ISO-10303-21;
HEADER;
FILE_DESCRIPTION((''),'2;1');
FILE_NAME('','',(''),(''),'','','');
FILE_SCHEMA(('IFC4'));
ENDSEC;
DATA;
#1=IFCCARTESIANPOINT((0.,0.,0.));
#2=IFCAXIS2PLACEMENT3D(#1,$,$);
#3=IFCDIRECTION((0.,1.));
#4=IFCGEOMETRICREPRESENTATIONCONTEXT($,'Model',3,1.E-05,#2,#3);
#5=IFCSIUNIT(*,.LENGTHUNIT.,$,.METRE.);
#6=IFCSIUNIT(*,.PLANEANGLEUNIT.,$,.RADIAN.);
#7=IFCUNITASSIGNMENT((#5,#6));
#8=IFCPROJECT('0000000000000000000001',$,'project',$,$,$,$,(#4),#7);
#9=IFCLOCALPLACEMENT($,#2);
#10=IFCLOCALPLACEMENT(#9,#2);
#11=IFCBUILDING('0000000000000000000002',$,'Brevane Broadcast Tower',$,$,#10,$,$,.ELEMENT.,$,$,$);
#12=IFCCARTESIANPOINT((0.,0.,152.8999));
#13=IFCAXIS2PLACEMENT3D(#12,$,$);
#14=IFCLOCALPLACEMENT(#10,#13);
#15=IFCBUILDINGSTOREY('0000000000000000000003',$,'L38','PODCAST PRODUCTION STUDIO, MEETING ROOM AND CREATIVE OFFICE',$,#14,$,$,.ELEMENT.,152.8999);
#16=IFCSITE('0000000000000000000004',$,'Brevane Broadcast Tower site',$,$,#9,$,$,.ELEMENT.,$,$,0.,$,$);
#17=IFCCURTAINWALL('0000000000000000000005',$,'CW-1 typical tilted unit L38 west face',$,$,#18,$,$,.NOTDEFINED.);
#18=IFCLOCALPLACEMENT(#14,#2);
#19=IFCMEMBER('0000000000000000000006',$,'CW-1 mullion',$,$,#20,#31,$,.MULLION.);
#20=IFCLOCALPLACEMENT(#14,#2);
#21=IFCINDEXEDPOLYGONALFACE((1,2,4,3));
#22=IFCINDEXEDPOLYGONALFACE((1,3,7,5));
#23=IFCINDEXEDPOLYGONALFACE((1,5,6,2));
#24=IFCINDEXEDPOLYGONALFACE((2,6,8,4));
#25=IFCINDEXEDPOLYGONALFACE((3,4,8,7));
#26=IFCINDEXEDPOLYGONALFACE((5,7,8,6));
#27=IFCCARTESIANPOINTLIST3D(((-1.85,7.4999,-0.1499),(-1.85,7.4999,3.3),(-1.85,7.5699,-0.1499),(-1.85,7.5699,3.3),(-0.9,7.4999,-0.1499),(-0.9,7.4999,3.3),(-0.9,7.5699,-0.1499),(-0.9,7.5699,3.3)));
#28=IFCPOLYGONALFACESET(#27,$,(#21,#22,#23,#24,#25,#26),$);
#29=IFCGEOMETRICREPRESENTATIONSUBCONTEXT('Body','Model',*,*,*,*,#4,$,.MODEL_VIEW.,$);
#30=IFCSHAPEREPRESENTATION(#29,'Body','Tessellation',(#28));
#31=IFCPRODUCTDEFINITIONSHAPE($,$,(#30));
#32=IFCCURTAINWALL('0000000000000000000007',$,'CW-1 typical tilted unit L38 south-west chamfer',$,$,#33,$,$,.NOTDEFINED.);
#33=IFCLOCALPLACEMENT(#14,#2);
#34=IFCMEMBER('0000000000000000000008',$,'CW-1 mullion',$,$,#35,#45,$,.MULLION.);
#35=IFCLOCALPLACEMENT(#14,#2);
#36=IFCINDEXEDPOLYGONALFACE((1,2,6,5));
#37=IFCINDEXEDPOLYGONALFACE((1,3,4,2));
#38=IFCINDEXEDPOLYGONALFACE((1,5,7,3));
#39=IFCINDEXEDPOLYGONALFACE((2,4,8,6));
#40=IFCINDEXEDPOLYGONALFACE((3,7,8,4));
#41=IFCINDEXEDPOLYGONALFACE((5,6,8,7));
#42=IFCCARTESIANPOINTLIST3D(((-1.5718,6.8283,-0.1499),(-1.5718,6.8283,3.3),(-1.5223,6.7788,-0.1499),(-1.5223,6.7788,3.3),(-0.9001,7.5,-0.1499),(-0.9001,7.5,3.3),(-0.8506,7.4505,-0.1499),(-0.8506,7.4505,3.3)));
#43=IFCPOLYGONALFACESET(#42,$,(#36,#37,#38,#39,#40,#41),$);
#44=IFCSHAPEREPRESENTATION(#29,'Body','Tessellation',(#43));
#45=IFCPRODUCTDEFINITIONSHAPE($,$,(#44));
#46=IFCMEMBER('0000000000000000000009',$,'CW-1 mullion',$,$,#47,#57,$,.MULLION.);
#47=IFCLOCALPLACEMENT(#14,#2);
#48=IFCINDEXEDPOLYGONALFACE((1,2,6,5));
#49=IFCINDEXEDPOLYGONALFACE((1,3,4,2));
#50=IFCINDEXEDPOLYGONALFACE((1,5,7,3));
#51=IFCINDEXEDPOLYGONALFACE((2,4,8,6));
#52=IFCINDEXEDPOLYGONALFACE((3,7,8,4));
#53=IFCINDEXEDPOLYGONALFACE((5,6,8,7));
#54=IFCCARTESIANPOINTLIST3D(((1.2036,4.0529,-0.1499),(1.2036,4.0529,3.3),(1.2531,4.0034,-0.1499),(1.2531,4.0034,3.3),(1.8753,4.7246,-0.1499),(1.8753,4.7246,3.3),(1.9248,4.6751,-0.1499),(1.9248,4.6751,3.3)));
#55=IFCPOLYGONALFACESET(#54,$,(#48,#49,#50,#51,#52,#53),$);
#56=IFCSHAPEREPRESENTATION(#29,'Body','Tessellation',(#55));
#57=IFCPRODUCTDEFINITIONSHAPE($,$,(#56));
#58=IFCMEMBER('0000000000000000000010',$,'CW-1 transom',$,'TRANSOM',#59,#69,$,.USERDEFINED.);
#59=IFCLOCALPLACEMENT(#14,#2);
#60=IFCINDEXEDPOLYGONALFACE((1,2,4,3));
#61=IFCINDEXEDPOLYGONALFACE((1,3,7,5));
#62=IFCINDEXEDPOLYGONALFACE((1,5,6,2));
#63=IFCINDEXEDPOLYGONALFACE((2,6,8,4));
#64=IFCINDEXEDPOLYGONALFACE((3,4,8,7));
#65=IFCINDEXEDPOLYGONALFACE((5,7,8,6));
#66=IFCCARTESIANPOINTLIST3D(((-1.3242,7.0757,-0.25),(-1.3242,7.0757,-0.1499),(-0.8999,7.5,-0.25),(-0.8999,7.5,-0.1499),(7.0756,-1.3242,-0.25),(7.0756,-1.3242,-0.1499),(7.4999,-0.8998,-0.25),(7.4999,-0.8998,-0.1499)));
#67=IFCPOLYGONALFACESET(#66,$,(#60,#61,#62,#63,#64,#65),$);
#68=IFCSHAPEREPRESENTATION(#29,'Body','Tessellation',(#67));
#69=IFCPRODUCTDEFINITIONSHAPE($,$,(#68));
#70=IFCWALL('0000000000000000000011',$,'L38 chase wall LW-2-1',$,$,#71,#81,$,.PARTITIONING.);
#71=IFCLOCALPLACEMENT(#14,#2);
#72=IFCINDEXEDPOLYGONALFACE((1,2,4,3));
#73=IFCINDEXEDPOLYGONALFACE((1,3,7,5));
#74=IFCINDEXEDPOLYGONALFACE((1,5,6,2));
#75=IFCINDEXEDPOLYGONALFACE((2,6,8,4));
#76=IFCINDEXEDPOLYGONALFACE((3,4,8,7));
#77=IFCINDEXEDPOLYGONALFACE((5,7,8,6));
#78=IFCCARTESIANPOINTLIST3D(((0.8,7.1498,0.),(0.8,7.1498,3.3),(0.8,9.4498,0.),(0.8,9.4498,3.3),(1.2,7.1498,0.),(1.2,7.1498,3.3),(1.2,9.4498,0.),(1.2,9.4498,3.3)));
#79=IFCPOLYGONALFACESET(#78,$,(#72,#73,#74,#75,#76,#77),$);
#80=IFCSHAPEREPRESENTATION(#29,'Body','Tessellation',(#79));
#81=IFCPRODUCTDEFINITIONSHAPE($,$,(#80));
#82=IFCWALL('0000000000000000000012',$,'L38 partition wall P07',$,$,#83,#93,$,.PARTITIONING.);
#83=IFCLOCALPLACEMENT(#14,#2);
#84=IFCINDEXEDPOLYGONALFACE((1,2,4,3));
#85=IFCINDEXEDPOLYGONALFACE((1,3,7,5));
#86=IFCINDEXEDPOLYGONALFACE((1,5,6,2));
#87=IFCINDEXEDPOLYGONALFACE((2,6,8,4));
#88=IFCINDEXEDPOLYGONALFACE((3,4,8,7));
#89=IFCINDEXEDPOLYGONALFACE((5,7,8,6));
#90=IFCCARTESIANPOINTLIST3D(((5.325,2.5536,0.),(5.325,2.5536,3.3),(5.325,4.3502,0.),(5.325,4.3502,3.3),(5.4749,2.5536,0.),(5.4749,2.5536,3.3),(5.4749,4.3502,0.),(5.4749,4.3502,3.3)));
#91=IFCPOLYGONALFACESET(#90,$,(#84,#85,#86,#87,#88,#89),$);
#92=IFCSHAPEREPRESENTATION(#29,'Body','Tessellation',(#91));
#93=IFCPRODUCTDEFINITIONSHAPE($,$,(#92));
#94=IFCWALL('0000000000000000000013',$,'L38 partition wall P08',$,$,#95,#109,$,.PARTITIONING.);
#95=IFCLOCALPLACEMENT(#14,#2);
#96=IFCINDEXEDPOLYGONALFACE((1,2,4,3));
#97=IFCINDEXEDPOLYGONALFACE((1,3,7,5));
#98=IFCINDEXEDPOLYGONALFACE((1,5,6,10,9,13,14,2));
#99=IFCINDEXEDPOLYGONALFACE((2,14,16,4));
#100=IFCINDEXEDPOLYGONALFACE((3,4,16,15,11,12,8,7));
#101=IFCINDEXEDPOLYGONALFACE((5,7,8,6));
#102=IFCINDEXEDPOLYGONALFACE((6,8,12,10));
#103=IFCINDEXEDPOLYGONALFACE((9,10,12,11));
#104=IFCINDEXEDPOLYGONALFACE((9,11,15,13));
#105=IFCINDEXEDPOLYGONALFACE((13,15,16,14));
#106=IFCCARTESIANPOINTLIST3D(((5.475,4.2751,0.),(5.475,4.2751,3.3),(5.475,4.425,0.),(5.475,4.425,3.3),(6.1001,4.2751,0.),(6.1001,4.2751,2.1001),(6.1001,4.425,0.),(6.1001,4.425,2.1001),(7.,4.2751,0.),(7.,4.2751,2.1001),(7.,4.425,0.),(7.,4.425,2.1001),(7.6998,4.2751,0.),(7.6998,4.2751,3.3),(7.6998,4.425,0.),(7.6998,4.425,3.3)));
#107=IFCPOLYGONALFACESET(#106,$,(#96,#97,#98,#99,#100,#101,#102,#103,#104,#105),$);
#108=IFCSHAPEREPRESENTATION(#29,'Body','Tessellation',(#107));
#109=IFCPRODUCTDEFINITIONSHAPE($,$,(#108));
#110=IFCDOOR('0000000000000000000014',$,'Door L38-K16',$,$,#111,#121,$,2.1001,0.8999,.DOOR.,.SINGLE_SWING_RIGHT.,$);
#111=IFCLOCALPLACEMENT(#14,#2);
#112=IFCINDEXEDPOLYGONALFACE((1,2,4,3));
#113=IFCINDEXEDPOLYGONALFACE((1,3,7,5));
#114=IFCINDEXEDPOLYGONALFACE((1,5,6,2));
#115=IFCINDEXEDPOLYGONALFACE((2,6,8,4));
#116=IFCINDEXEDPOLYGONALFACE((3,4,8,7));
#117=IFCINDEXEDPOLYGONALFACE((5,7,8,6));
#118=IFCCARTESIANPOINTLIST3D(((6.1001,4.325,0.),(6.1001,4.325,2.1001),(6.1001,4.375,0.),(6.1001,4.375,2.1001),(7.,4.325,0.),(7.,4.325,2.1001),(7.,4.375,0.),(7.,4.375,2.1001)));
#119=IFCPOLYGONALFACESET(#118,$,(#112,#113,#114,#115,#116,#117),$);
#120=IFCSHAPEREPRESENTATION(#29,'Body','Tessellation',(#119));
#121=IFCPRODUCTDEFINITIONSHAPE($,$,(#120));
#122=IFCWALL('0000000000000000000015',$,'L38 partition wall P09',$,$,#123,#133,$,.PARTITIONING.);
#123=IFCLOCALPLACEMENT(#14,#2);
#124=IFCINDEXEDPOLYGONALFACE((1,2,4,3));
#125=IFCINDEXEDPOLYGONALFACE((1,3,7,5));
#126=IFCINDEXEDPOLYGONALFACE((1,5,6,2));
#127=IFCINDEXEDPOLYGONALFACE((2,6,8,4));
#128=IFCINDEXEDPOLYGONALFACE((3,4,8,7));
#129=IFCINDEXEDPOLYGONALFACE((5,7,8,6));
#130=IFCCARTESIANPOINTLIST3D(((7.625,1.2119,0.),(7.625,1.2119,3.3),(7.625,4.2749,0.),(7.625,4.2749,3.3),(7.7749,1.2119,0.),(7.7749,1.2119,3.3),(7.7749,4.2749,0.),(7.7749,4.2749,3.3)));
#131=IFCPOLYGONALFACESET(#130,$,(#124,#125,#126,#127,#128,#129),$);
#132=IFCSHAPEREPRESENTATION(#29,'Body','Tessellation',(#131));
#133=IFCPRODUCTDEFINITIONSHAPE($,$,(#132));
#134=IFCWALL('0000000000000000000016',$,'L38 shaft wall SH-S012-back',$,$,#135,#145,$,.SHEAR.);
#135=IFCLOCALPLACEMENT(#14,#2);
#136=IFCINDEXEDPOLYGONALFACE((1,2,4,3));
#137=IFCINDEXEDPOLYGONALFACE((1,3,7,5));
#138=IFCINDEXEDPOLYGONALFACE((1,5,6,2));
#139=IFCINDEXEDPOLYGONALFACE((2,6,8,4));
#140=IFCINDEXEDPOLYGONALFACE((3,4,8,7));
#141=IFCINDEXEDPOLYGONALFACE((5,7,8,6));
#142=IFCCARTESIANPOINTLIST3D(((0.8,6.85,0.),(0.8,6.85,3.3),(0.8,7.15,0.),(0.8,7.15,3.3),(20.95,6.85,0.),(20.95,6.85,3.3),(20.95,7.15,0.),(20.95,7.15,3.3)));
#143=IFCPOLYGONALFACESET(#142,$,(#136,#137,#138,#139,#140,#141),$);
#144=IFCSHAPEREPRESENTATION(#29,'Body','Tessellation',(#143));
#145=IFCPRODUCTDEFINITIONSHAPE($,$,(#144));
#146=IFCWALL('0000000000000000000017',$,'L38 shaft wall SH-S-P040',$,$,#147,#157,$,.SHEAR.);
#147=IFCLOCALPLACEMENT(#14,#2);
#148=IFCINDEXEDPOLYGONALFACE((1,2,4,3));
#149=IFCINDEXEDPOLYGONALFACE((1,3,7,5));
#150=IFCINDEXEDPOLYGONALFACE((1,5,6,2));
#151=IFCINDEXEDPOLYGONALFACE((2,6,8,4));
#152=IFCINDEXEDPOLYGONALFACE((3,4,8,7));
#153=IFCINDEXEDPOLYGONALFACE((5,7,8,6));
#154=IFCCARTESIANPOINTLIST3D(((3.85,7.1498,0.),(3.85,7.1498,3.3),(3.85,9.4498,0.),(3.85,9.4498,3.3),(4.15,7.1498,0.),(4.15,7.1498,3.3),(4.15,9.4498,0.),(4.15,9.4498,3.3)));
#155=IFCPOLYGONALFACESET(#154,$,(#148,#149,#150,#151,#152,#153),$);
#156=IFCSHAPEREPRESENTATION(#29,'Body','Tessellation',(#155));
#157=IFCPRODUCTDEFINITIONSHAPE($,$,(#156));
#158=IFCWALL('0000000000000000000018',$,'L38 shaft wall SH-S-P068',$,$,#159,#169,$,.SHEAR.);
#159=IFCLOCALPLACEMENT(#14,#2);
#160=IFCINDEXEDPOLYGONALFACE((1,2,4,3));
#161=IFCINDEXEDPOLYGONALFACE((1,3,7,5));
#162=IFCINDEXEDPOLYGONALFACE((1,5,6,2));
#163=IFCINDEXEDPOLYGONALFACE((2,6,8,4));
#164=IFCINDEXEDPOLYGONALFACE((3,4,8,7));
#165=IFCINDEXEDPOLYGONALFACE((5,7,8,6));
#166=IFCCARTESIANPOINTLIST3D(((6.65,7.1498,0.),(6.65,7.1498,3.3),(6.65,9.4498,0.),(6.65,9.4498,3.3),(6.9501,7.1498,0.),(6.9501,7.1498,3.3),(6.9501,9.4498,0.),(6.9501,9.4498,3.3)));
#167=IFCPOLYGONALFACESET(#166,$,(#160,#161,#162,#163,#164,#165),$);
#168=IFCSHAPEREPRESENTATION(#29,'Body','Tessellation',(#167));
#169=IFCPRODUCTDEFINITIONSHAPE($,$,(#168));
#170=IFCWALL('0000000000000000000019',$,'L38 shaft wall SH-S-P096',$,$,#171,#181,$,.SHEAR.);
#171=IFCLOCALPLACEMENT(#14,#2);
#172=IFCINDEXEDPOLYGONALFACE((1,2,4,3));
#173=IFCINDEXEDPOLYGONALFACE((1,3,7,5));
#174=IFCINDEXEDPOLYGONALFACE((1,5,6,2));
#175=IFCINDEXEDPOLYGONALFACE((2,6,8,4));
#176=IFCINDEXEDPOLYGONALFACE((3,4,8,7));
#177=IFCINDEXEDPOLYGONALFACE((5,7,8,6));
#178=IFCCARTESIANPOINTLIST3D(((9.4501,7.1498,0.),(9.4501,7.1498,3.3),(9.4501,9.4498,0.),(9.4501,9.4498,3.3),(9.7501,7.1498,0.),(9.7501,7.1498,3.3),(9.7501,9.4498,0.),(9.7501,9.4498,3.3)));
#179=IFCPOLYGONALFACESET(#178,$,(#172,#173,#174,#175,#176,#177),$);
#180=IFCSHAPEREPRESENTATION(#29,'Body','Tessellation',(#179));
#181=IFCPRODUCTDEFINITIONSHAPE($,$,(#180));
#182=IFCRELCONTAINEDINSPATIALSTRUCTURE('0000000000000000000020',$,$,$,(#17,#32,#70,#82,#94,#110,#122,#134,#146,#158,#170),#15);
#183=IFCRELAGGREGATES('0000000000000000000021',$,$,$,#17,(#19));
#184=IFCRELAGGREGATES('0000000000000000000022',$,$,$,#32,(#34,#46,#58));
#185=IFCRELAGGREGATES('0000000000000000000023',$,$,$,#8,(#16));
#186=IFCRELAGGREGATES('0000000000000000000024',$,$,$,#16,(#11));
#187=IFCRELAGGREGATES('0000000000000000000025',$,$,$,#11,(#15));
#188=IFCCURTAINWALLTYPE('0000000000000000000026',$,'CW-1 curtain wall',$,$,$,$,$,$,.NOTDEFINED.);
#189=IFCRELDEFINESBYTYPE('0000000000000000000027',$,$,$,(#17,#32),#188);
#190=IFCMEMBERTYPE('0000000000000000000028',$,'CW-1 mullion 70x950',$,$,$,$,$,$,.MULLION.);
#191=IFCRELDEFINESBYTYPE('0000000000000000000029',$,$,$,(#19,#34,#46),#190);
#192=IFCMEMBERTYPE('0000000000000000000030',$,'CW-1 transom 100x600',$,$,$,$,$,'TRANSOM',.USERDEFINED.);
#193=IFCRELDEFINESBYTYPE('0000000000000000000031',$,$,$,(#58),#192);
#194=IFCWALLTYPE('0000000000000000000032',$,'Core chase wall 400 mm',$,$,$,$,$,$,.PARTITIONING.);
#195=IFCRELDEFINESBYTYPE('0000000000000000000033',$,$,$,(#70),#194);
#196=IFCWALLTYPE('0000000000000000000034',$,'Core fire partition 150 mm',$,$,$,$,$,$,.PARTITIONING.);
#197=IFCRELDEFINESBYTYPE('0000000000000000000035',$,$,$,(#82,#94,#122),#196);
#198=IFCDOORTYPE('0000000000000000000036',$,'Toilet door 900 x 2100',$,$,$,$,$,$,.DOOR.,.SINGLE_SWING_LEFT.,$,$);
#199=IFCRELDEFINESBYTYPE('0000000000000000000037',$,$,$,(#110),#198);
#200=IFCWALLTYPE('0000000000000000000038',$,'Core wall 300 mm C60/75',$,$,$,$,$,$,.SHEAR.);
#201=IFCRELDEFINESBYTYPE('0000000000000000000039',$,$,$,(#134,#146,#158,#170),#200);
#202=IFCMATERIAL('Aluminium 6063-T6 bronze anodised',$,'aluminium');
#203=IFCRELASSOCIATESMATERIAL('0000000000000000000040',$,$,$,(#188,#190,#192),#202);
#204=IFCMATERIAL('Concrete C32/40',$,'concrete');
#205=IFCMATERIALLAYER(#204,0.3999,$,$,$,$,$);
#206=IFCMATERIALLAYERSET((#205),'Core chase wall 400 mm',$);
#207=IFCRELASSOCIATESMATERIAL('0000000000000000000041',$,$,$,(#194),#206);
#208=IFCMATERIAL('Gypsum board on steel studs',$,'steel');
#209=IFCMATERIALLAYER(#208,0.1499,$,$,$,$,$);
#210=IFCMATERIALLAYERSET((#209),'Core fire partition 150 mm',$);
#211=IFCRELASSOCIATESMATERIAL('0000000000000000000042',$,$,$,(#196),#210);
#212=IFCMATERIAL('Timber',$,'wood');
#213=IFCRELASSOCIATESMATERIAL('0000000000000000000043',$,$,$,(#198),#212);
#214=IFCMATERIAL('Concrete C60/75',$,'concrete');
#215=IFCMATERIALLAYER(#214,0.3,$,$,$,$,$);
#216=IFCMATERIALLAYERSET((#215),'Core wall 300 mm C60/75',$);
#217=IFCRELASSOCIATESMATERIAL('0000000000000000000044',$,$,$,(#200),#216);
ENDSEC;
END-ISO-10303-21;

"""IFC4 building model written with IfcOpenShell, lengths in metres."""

from ifc_helpers import new_model, si_unit, direction, frame, frame_2d, origin, origin_2d, place, context, subcontext, project, spatial, rectangle, extrude, material, layer, layer_set, material_profile, profile_set, type_object, element, fill, aggregate, save


model = new_model("IFC4")

# Units and contexts
model_context = context("Model", 3, precision=1e-05, world=origin(), true_north=direction((0.0, 1.0)))
body_context = subcontext(model_context, "Body", "Model", "MODEL_VIEW")
ifc_project = project(units=[si_unit("LENGTHUNIT", "METRE"), si_unit("PLANEANGLEUNIT", "RADIAN")], contexts=[model_context])

# Site, building, storey
site_placement = place(None, origin())
site = spatial("IfcSite", under=ifc_project, at=site_placement, Name="Brevane Broadcast Tower site", CompositionType="ELEMENT", RefElevation=0.0)
building_placement = place(site_placement, origin())
building = spatial("IfcBuilding", under=site, at=building_placement, Name="Brevane Broadcast Tower", CompositionType="ELEMENT")
storey_placement = place(building_placement, frame((0.0, 0.0, 152.8999)))
storey = spatial("IfcBuildingStorey", under=building, at=storey_placement, Name="L38", Description="PODCAST PRODUCTION STUDIO, MEETING ROOM AND CREATIVE OFFICE", CompositionType="ELEMENT", Elevation=152.8999)

# Curtain wall, member
ifc_material_1 = material(Name="Aluminium 6063-T6 bronze anodised", Category="aluminium")
curtain_wall_type = type_object("IfcCurtainWallType", Name="CW-1 curtain wall", PredefinedType="NOTDEFINED", material=ifc_material_1)
curtain_wall_1_placement = place(storey_placement, origin())
curtain_wall_1 = element("IfcCurtainWall", 1, at=curtain_wall_1_placement, inside=storey, type_object=curtain_wall_type, Name="CW-1 typical tilted unit L38 west face", PredefinedType="NOTDEFINED")
ifc_material_profile_1 = material_profile(ifc_material_1, rectangle(XDim=0.95, YDim=0.0701, at=origin_2d()), Name="RECT 70x950")
ifc_profile_set_1 = profile_set([ifc_material_profile_1], Name="Aluminium 6063-T6 bronze anodised")
member_type_1 = type_object("IfcMemberType", Name="CW-1 mullion 70x950", PredefinedType="MULLION", material=ifc_profile_set_1)
member_1_placement = place(storey_placement, frame((-1.375, 7.5349, -0.1499), z_axis=(0.0, 0.0, 1.0), x_axis=(1.0, 0.0, 0.0)))
member_1 = element("IfcMember", 2, at=member_1_placement, type_object=member_type_1, Name="CW-1 mullion", PredefinedType="MULLION", context=body_context, shape_type="SweptSolid", body=[
    extrude(rectangle(XDim=0.95, YDim=0.0701, at=origin_2d()), origin(), (0.0, 0.0, 1.0), 3.45),
])
aggregate(curtain_wall_1, [member_1])

# Curtain wall, members
curtain_wall_2_placement = place(storey_placement, origin())
curtain_wall_2 = element("IfcCurtainWall", 3, at=curtain_wall_2_placement, inside=storey, type_object=curtain_wall_type, Name="CW-1 typical tilted unit L38 south-west chamfer", PredefinedType="NOTDEFINED")
member_2_placement = place(storey_placement, frame((-1.2112, 7.1394, -0.1499), z_axis=(0.0, 0.0, 1.0), x_axis=(0.707107, 0.707107, 0.0)))
member_2 = element("IfcMember", 4, at=member_2_placement, type_object=member_type_1, Name="CW-1 mullion", PredefinedType="MULLION", context=body_context, shape_type="SweptSolid", body=[
    extrude(rectangle(XDim=0.95, YDim=0.0701, at=origin_2d()), origin(), (0.0, 0.0, 1.0), 3.45),
])
member_3_placement = place(storey_placement, frame((1.5642, 4.364, -0.1499), z_axis=(0.0, 0.0, 1.0), x_axis=(0.707107, 0.707107, 0.0)))
member_3 = element("IfcMember", 5, at=member_3_placement, type_object=member_type_1, Name="CW-1 mullion", PredefinedType="MULLION", context=body_context, shape_type="SweptSolid", body=[
    extrude(rectangle(XDim=0.95, YDim=0.0701, at=origin_2d()), origin(), (0.0, 0.0, 1.0), 3.45),
])
ifc_material_profile_2 = material_profile(ifc_material_1, rectangle(XDim=0.6001, YDim=0.1001, at=origin_2d()), Name="RECT 100x600")
ifc_profile_set_2 = profile_set([ifc_material_profile_2], Name="Aluminium 6063-T6 bronze anodised")
member_type_2 = type_object("IfcMemberType", Name="CW-1 transom 100x600", ElementType="TRANSOM", PredefinedType="USERDEFINED", material=ifc_profile_set_2)
member_4_placement = place(storey_placement, frame((-1.1121, 7.2878, -0.2), z_axis=(0.707107, -0.707107, 0.0), x_axis=(0.707107, 0.707107, 0.0)))
member_4 = element("IfcMember", 6, at=member_4_placement, type_object=member_type_2, Name="CW-1 transom", ObjectType="TRANSOM", PredefinedType="USERDEFINED", context=body_context, shape_type="SweptSolid", body=[
    extrude(rectangle(XDim=0.6001, YDim=0.1001, at=origin_2d()), origin(), (0.0, 0.0, 1.0), 11.8792),
])
aggregate(curtain_wall_2, [member_2, member_3, member_4])

# Walls
ifc_material_2 = material(Name="Concrete C32/40", Category="concrete")
ifc_layer_1 = layer(ifc_material_2, 0.3999)
ifc_layer_set_1 = layer_set([ifc_layer_1], Name="Core chase wall 400 mm")
wall_type_1 = type_object("IfcWallType", Name="Core chase wall 400 mm", PredefinedType="PARTITIONING", material=ifc_layer_set_1)
wall_1_placement = place(storey_placement, frame((1.0, 7.1499, 0.0), z_axis=(0.0, 0.0, 1.0), x_axis=(0.0, 1.0, 0.0)))
element("IfcWall", 7, at=wall_1_placement, inside=storey, type_object=wall_type_1, Name="L38 chase wall LW-2-1", PredefinedType="PARTITIONING", context=body_context, shape_type="SweptSolid", body=[
    extrude(rectangle(XDim=2.3, YDim=0.3999, at=frame_2d((1.1499, 0.0))), origin(), (0.0, 0.0, 1.0), 3.3),
])
ifc_material_3 = material(Name="Gypsum board on steel studs", Category="steel")
ifc_layer_2 = layer(ifc_material_3, 0.1499)
ifc_layer_set_2 = layer_set([ifc_layer_2], Name="Core fire partition 150 mm")
wall_type_2 = type_object("IfcWallType", Name="Core fire partition 150 mm", PredefinedType="PARTITIONING", material=ifc_layer_set_2)
wall_2_placement = place(storey_placement, frame((5.3999, 2.5535, 0.0), z_axis=(0.0, 0.0, 1.0), x_axis=(0.0, 1.0, 0.0)))
element("IfcWall", 8, at=wall_2_placement, inside=storey, type_object=wall_type_2, Name="L38 partition wall P07", PredefinedType="PARTITIONING", context=body_context, shape_type="SweptSolid", body=[
    extrude(rectangle(XDim=1.7966, YDim=0.1499, at=frame_2d((0.8984, 0.0))), origin(), (0.0, 0.0, 1.0), 3.3),
])

# Wall, opening, door
wall_3_placement = place(storey_placement, frame((5.4751, 4.3501, 0.0), z_axis=(0.0, 0.0, 1.0), x_axis=(1.0, 0.0, 0.0)))
wall_3 = element("IfcWall", 9, at=wall_3_placement, inside=storey, type_object=wall_type_2, Name="L38 partition wall P08", PredefinedType="PARTITIONING", context=body_context, shape_type="SweptSolid", body=[
    extrude(rectangle(XDim=2.2249, YDim=0.1499, at=frame_2d((1.1123, 0.0))), origin(), (0.0, 0.0, 1.0), 3.3),
])
opening_placement = place(wall_3_placement, frame((0.625, 0.0, 0.0)))
opening = element("IfcOpeningElement", 10, at=opening_placement, cuts=wall_3, PredefinedType="OPENING", context=body_context, shape_type="SweptSolid", body=[
    extrude(rectangle(XDim=0.8999, YDim=2.1001, at=frame_2d((0.45, 1.05))), frame((0.0, 0.085, 0.0), z_axis=(0.0, -1.0, 0.0), x_axis=(1.0, 0.0, 0.0)), (0.0, 0.0, 1.0), 0.1699),
])
ifc_material_4 = material(Name="Timber", Category="wood")
door_type = type_object("IfcDoorType", Name="Toilet door 900 x 2100", OperationType="SINGLE_SWING_LEFT", PredefinedType="DOOR", material=ifc_material_4)
door_placement = place(opening_placement, origin())
door = element("IfcDoor", 11, at=door_placement, inside=storey, type_object=door_type, Name="Door L38-K16", OperationType="SINGLE_SWING_RIGHT", OverallHeight=2.1001, OverallWidth=0.8999, PredefinedType="DOOR", context=body_context, shape_type="SweptSolid", body=[
    extrude(rectangle(XDim=0.8999, YDim=2.1001, at=frame_2d((0.45, 1.05))), frame((0.0, 0.0249, 0.0), z_axis=(0.0, -1.0, 0.0), x_axis=(1.0, 0.0, 0.0)), (0.0, 0.0, 1.0), 0.05),
])
fill(opening, door)

# Walls
wall_4_placement = place(storey_placement, frame((7.7, 4.2749, 0.0), z_axis=(0.0, 0.0, 1.0), x_axis=(0.0, -1.0, 0.0)))
element("IfcWall", 12, at=wall_4_placement, inside=storey, type_object=wall_type_2, Name="L38 partition wall P09", PredefinedType="PARTITIONING", context=body_context, shape_type="SweptSolid", body=[
    extrude(rectangle(XDim=3.063, YDim=0.1499, at=frame_2d((1.5315, 0.0))), origin(), (0.0, 0.0, 1.0), 3.3),
])
ifc_material_5 = material(Name="Concrete C60/75", Category="concrete")
ifc_layer_3 = layer(ifc_material_5, 0.3)
ifc_layer_set_3 = layer_set([ifc_layer_3], Name="Core wall 300 mm C60/75")
wall_type_3 = type_object("IfcWallType", Name="Core wall 300 mm C60/75", PredefinedType="SHEAR", material=ifc_layer_set_3)
wall_5_placement = place(storey_placement, frame((0.8, 7.0, 0.0), z_axis=(0.0, 0.0, 1.0), x_axis=(1.0, 0.0, 0.0)))
element("IfcWall", 13, at=wall_5_placement, inside=storey, type_object=wall_type_3, Name="L38 shaft wall SH-S012-back", PredefinedType="SHEAR", context=body_context, shape_type="SweptSolid", body=[
    extrude(rectangle(XDim=20.1499, YDim=0.3, at=frame_2d((10.075, 0.0))), origin(), (0.0, 0.0, 1.0), 3.3),
])
for number, where, z_axis, x_axis, name in (
    (14, (4.0, 7.1499, 0.0), (0.0, 0.0, 1.0), (0.0, 1.0, 0.0), "L38 shaft wall SH-S-P040"),
    (15, (6.8, 7.1499, 0.0), (0.0, 0.0, 1.0), (0.0, 1.0, 0.0), "L38 shaft wall SH-S-P068"),
    (16, (9.6001, 7.1499, 0.0), (0.0, 0.0, 1.0), (0.0, 1.0, 0.0), "L38 shaft wall SH-S-P096"),
):
    element("IfcWall", number, at=place(storey_placement, frame(where, z_axis=z_axis, x_axis=x_axis)), inside=storey, type_object=wall_type_3, Name=name, PredefinedType="SHEAR", context=body_context, shape_type="SweptSolid", body=[
        extrude(rectangle(XDim=2.3, YDim=0.3, at=frame_2d((1.1499, 0.0))), origin(), (0.0, 0.0, 1.0), 3.3),
    ])

save(model, "model.ifc")
